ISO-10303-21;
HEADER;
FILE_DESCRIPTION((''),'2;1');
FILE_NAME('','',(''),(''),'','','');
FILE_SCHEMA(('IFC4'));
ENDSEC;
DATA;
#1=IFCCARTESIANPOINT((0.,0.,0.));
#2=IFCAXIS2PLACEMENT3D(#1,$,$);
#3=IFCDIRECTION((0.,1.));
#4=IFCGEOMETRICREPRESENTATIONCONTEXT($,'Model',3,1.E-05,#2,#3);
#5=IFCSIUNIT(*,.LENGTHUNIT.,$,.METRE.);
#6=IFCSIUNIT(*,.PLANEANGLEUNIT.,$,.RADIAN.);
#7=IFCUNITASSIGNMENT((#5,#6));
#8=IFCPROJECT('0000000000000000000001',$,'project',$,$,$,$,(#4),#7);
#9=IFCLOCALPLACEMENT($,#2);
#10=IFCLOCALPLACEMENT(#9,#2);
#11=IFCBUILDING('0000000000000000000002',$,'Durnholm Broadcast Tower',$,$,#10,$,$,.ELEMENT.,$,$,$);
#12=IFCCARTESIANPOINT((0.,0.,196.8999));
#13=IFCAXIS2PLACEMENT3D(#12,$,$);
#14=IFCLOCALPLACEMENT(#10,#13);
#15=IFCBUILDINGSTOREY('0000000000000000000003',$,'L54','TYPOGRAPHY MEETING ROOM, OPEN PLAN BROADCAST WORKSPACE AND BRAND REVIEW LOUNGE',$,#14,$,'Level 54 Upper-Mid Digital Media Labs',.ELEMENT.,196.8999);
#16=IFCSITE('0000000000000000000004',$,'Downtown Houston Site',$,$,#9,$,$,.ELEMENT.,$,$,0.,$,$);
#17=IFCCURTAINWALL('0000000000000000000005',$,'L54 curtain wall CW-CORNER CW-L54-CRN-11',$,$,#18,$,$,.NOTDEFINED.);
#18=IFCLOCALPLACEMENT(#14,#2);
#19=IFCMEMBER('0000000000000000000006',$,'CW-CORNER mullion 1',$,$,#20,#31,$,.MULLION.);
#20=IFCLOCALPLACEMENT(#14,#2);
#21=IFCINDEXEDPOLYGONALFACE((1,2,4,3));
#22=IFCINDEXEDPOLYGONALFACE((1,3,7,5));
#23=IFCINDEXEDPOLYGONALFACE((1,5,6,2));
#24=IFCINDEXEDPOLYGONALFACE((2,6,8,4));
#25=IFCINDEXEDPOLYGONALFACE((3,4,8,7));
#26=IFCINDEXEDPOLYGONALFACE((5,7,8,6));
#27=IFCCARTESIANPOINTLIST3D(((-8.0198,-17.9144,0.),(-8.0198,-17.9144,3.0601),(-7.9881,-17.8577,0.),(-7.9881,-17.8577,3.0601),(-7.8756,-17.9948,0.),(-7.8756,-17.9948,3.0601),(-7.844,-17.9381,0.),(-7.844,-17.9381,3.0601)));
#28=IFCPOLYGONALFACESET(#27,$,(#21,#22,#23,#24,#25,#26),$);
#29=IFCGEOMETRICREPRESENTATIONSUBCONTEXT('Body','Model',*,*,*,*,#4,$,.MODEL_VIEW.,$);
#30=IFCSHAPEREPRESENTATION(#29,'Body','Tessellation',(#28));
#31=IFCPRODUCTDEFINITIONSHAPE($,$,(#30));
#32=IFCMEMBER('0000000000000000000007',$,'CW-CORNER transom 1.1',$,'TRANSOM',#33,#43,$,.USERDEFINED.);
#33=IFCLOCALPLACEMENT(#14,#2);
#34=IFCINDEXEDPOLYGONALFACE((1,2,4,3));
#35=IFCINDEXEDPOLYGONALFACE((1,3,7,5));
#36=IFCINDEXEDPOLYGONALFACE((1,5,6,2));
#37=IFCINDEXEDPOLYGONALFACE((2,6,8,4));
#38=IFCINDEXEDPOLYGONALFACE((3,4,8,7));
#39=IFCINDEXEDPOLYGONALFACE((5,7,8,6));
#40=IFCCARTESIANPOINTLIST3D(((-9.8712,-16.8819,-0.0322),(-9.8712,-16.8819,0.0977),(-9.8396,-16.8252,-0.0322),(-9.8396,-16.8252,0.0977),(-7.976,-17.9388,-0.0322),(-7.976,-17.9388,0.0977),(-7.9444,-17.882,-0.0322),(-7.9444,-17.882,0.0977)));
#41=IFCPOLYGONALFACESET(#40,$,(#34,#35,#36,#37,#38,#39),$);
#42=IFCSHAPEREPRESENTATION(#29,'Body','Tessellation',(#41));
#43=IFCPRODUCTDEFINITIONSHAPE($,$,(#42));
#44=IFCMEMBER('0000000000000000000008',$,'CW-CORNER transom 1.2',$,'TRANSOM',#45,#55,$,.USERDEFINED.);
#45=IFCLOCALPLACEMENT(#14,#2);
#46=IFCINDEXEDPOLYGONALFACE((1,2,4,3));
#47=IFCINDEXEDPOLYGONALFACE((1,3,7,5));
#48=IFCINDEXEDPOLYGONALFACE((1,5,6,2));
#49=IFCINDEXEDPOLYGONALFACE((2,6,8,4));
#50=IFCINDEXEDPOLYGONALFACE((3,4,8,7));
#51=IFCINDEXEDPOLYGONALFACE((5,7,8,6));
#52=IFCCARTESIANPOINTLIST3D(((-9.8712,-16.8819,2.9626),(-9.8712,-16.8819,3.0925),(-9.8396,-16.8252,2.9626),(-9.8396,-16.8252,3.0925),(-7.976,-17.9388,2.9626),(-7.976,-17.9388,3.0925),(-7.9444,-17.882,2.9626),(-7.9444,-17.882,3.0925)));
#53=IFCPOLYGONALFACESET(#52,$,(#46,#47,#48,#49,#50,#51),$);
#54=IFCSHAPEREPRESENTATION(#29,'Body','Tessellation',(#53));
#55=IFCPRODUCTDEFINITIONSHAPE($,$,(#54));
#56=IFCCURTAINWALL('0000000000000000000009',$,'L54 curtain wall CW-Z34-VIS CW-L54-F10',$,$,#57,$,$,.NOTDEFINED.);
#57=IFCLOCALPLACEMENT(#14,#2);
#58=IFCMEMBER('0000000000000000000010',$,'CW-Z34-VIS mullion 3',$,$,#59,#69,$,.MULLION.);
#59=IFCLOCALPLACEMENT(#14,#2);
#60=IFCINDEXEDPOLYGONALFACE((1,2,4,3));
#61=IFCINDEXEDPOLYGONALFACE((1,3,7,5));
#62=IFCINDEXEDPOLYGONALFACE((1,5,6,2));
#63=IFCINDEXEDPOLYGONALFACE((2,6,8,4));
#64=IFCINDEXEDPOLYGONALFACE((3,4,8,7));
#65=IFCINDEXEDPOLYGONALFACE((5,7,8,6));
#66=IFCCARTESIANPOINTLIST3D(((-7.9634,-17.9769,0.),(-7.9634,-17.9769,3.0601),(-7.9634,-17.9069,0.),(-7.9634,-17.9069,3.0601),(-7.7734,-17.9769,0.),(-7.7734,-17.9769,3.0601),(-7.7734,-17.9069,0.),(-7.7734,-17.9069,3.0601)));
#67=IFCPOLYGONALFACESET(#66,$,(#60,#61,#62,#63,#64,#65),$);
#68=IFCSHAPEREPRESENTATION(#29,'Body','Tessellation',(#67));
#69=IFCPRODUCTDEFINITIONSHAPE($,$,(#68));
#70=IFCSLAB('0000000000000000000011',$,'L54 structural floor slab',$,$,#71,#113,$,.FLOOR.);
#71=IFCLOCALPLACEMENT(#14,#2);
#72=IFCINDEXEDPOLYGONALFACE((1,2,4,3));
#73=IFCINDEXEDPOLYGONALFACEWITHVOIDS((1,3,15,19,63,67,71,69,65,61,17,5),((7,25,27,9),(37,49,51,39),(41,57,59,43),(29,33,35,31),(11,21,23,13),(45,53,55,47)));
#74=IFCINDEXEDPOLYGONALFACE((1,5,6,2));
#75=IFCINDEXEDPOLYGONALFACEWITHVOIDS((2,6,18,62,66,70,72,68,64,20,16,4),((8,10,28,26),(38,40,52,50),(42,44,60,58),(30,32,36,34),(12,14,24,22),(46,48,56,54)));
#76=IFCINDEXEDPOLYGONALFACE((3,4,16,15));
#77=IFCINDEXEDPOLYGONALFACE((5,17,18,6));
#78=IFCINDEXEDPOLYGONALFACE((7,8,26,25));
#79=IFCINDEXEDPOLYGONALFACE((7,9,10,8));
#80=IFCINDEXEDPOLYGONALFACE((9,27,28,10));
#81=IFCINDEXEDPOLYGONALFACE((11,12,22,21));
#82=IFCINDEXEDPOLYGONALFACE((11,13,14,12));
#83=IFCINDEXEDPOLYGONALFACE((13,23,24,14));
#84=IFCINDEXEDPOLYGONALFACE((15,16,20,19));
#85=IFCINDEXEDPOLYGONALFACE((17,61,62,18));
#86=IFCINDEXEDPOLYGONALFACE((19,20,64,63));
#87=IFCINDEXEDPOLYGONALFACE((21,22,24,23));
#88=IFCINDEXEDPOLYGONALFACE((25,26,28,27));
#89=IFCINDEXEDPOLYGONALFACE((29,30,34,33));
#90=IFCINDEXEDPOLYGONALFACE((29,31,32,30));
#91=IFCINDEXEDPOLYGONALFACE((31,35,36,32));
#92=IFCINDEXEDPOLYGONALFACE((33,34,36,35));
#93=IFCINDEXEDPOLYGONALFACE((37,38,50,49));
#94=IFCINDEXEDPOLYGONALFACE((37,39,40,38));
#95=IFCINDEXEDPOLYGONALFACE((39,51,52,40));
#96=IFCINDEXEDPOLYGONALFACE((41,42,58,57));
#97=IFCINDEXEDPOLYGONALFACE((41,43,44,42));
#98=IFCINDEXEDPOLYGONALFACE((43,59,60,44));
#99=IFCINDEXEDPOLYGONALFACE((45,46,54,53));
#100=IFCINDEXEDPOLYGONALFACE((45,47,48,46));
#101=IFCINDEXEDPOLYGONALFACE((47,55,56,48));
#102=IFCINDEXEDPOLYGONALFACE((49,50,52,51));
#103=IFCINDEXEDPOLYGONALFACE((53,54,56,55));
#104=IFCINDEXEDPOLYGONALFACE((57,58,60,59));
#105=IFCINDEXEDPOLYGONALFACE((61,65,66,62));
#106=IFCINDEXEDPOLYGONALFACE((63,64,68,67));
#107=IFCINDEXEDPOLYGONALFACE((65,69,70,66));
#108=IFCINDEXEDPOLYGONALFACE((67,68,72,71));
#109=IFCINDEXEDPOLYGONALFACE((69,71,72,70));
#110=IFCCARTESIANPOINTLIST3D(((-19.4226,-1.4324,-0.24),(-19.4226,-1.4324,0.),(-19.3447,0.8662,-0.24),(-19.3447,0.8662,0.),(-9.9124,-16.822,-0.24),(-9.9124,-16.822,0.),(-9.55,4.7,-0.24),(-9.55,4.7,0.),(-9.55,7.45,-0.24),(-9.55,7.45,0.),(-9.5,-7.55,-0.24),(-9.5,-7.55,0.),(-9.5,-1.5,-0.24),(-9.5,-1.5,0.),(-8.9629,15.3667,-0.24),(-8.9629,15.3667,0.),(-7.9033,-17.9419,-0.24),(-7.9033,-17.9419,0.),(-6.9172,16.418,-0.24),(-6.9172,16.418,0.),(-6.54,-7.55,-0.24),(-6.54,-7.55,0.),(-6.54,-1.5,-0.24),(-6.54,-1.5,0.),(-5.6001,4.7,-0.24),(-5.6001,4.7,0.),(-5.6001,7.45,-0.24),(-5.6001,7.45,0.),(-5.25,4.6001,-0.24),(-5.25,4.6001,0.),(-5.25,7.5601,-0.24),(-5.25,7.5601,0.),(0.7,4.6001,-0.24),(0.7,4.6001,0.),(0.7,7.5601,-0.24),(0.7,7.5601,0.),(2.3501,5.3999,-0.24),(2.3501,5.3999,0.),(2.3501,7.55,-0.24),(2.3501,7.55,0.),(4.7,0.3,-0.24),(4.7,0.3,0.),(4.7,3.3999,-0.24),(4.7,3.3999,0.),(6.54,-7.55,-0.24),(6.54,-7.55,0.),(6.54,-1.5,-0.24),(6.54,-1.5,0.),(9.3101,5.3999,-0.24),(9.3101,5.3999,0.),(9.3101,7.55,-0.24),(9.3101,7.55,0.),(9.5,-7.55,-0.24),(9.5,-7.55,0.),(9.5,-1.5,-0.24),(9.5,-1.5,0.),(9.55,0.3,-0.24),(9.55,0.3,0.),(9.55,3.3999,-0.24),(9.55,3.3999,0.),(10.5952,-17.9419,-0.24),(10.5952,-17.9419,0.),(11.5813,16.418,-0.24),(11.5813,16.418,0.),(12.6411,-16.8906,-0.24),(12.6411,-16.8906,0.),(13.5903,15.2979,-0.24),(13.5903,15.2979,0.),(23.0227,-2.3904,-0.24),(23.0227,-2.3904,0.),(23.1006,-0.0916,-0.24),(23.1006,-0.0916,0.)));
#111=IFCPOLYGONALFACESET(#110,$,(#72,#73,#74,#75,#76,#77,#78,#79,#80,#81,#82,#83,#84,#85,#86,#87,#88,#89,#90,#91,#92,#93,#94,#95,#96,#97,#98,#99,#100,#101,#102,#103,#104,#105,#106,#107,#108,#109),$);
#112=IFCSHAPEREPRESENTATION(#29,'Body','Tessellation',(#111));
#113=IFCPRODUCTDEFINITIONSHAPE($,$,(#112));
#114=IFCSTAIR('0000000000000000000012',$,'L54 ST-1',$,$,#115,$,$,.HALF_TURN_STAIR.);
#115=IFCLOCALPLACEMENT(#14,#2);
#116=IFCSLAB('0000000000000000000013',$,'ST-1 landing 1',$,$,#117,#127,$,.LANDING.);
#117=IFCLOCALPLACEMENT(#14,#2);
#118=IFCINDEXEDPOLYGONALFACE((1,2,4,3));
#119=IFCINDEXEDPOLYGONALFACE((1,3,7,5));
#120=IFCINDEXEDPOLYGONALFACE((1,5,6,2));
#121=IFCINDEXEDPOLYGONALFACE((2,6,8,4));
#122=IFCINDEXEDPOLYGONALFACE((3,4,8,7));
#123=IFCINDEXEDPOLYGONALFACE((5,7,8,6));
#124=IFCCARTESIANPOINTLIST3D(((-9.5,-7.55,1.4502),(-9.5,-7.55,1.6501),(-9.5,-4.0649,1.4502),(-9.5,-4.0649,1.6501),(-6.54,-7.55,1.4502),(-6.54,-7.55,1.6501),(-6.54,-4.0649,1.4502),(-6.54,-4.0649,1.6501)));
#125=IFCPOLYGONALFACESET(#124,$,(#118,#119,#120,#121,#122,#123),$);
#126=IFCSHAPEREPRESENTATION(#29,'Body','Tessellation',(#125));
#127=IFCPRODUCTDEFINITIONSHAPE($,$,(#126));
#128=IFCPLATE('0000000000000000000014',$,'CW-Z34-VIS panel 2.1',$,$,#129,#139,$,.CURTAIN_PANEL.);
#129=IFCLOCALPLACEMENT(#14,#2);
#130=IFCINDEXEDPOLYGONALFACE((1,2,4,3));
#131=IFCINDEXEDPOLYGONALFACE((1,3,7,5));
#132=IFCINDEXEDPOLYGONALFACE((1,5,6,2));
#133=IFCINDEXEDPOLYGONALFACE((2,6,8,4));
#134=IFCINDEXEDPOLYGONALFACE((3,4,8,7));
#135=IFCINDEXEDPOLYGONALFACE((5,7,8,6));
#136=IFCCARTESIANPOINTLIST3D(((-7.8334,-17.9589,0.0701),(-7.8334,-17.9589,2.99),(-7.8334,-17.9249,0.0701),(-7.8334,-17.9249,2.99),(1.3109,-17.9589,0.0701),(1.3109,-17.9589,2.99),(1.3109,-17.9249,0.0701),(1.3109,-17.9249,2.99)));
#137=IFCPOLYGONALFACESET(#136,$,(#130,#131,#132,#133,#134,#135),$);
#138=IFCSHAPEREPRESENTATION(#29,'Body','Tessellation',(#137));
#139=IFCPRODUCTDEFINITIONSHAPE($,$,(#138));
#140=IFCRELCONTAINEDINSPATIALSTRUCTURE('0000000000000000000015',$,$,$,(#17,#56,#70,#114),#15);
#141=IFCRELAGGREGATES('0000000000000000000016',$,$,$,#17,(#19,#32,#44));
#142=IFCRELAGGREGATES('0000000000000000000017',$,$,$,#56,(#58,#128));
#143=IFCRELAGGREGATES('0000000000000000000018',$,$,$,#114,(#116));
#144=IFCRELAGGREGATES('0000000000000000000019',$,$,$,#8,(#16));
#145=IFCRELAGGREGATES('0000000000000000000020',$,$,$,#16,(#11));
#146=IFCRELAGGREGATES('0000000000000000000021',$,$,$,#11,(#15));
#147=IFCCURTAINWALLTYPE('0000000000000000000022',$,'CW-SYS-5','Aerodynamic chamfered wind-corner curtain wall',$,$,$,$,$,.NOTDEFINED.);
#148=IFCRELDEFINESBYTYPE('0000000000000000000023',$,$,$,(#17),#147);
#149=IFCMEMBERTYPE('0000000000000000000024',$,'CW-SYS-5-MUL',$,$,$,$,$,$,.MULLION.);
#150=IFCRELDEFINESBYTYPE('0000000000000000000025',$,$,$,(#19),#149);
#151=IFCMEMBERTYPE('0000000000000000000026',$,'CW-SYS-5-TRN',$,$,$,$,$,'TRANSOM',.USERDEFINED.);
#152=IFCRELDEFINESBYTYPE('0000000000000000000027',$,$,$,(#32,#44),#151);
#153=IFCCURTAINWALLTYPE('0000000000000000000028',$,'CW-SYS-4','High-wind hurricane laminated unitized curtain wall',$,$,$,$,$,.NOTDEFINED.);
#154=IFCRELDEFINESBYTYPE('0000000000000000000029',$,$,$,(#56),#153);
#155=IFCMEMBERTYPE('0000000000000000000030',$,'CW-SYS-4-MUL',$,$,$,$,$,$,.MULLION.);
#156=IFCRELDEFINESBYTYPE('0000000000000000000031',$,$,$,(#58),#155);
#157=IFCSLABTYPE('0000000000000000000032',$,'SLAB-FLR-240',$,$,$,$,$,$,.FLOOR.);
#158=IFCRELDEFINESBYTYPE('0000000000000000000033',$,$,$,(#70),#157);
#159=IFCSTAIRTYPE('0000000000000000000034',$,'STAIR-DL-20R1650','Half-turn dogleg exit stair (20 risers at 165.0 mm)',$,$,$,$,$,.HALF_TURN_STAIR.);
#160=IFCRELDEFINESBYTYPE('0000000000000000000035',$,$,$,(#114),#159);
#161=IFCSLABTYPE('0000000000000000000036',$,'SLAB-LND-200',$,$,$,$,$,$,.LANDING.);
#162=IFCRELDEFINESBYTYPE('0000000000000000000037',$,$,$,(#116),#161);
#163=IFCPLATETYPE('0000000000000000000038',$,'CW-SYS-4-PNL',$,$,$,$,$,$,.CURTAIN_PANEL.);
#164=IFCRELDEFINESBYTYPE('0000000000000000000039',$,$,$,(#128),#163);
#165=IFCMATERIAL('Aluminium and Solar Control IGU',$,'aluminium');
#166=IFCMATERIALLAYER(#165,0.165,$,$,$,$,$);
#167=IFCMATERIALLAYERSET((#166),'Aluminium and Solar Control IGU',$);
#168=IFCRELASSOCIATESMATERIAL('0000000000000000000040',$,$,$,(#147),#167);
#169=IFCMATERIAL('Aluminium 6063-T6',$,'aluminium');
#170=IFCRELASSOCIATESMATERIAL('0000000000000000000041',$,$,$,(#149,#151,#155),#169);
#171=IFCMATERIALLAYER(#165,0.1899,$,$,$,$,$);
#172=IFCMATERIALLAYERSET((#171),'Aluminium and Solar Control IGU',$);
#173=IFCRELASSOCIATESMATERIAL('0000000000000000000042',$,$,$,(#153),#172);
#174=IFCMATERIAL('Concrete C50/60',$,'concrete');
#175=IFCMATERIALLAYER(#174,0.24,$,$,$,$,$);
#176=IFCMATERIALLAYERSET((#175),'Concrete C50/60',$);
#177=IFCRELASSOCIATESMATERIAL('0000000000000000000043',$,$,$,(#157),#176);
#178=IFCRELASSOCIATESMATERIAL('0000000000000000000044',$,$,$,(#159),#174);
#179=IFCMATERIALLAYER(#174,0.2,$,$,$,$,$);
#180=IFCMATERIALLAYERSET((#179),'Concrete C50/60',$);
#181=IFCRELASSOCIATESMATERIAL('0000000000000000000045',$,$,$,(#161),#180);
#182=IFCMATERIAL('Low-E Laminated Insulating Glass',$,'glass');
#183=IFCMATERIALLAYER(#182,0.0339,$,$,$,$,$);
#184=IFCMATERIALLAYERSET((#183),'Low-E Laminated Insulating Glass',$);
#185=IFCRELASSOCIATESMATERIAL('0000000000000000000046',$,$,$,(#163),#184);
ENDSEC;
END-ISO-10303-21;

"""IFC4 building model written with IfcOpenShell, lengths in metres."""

from ifc_helpers import new_model, si_unit, direction, frame, origin, origin_2d, place, context, subcontext, project, spatial, polyline, rectangle, outline, extrude, source, transform, mapped, material, layer, layer_set, material_profile, profile_set, type_object, type_shapes, element, aggregate, save


model = new_model("IFC4")

# Units and contexts
model_context = context("Model", 3, precision=1e-05, world=origin(), true_north=direction((0.0, 1.0)))
body_context = subcontext(model_context, "Body", "Model", "MODEL_VIEW")
ifc_project = project(units=[si_unit("LENGTHUNIT", "METRE"), si_unit("PLANEANGLEUNIT", "RADIAN")], contexts=[model_context])

# Site, building, storey
site_placement = place(None, origin())
site = spatial("IfcSite", under=ifc_project, at=site_placement, Name="Downtown Houston Site", CompositionType="ELEMENT", RefElevation=0.0)
building_placement = place(site_placement, origin())
building = spatial("IfcBuilding", under=site, at=building_placement, Name="Durnholm Broadcast Tower", CompositionType="ELEMENT")
storey_placement = place(building_placement, frame((0.0, 0.0, 196.8999)))
storey = spatial("IfcBuildingStorey", under=building, at=storey_placement, Name="L54", Description="TYPOGRAPHY MEETING ROOM, OPEN PLAN BROADCAST WORKSPACE AND BRAND REVIEW LOUNGE", LongName="Level 54 Upper-Mid Digital Media Labs", CompositionType="ELEMENT", Elevation=196.8999)

# Curtain wall, members
ifc_material_1 = material(Name="Aluminium and Solar Control IGU", Category="aluminium")
ifc_layer_1 = layer(ifc_material_1, 0.165)
ifc_layer_set_1 = layer_set([ifc_layer_1], Name="Aluminium and Solar Control IGU")
curtain_wall_type_1 = type_object("IfcCurtainWallType", Name="CW-SYS-5", Description="Aerodynamic chamfered wind-corner curtain wall", PredefinedType="NOTDEFINED", material=ifc_layer_set_1)
curtain_wall_1_placement = place(storey_placement, origin())
curtain_wall_1 = element("IfcCurtainWall", 1, at=curtain_wall_1_placement, inside=storey, type_object=curtain_wall_type_1, Name="L54 curtain wall CW-CORNER CW-L54-CRN-11", PredefinedType="NOTDEFINED")
ifc_material_2 = material(Name="Aluminium 6063-T6", Category="aluminium")
ifc_material_profile_1 = material_profile(ifc_material_2, rectangle(XDim=0.0649, YDim=0.165, at=origin_2d()), Name="CWM65X165")
ifc_profile_set_1 = profile_set([ifc_material_profile_1], Name="Aluminium 6063-T6")
member_type_1 = type_object("IfcMemberType", Name="CW-SYS-5-MUL", PredefinedType="MULLION", material=ifc_profile_set_1)
shared_shape_1 = source(origin(), body_context, "Body", "SweptSolid", [
    extrude(rectangle(XDim=0.0649, YDim=0.165, at=origin_2d()), origin(), (0.0, 0.0, 1.0), 3.0601),
])
type_shapes(member_type_1, [shared_shape_1])
member_1_placement = place(storey_placement, frame((-7.9319, -17.9263, 0.0), z_axis=(0.0, 0.0, 1.0), x_axis=(-0.486986, -0.87341, 0.0)))
member_1 = element("IfcMember", 2, at=member_1_placement, type_object=member_type_1, Name="CW-CORNER mullion 1", PredefinedType="MULLION", context=body_context, shape_type="MappedRepresentation", body=[
    mapped(shared_shape_1, transform((0.0, 0.0, 0.0), x_axis=(1.0, 0.0, 0.0), y_axis=(0.0, 1.0, 0.0), z_axis=(0.0, 0.0, 1.0), scale=1.0)),
])
ifc_material_profile_2 = material_profile(ifc_material_2, rectangle(XDim=0.0649, YDim=0.1299, at=origin_2d()), Name="CWT65X130")
ifc_profile_set_2 = profile_set([ifc_material_profile_2], Name="Aluminium 6063-T6")
member_type_2 = type_object("IfcMemberType", Name="CW-SYS-5-TRN", ElementType="TRANSOM", PredefinedType="USERDEFINED", material=ifc_profile_set_2)
shared_shape_2 = source(origin(), body_context, "Body", "SweptSolid", [
    extrude(rectangle(XDim=0.0649, YDim=0.1299, at=origin_2d()), origin(), (0.0, 0.0, 1.0), 2.1699),
])
type_shapes(member_type_2, [shared_shape_2])
member_2_placement = place(storey_placement, frame((-7.9602, -17.9104, 0.0327), z_axis=(-0.873381, 0.487037, 0.0), x_axis=(-0.487037, -0.873381, 0.0)))
member_2 = element("IfcMember", 3, at=member_2_placement, type_object=member_type_2, Name="CW-CORNER transom 1.1", ObjectType="TRANSOM", PredefinedType="USERDEFINED", context=body_context, shape_type="MappedRepresentation", body=[
    mapped(shared_shape_2, transform((0.0, 0.0, 0.0), x_axis=(1.0, 0.0, 0.0), y_axis=(0.0, 1.0, 0.0), z_axis=(0.0, 0.0, 1.0), scale=1.0)),
])
member_3_placement = place(storey_placement, frame((-7.9602, -17.9104, 3.0276), z_axis=(-0.873381, 0.487037, 0.0), x_axis=(-0.487037, -0.873381, 0.0)))
member_3 = element("IfcMember", 4, at=member_3_placement, type_object=member_type_2, Name="CW-CORNER transom 1.2", ObjectType="TRANSOM", PredefinedType="USERDEFINED", context=body_context, shape_type="MappedRepresentation", body=[
    mapped(shared_shape_2, transform((0.0, 0.0, 0.0), x_axis=(1.0, 0.0, 0.0), y_axis=(0.0, 1.0, 0.0), z_axis=(0.0, 0.0, 1.0), scale=1.0)),
])
aggregate(curtain_wall_1, [member_1, member_2, member_3])

# Curtain wall, member
ifc_layer_2 = layer(ifc_material_1, 0.1899)
ifc_layer_set_2 = layer_set([ifc_layer_2], Name="Aluminium and Solar Control IGU")
curtain_wall_type_2 = type_object("IfcCurtainWallType", Name="CW-SYS-4", Description="High-wind hurricane laminated unitized curtain wall", PredefinedType="NOTDEFINED", material=ifc_layer_set_2)
curtain_wall_2_placement = place(storey_placement, origin())
curtain_wall_2 = element("IfcCurtainWall", 5, at=curtain_wall_2_placement, inside=storey, type_object=curtain_wall_type_2, Name="L54 curtain wall CW-Z34-VIS CW-L54-F10", PredefinedType="NOTDEFINED")
ifc_material_profile_3 = material_profile(ifc_material_2, rectangle(XDim=0.0701, YDim=0.1899, at=origin_2d()), Name="CWM70X190")
ifc_profile_set_3 = profile_set([ifc_material_profile_3], Name="Aluminium 6063-T6")
member_type_3 = type_object("IfcMemberType", Name="CW-SYS-4-MUL", PredefinedType="MULLION", material=ifc_profile_set_3)
shared_shape_3 = source(origin(), body_context, "Body", "SweptSolid", [
    extrude(rectangle(XDim=0.0701, YDim=0.1899, at=origin_2d()), origin(), (0.0, 0.0, 1.0), 3.0601),
])
type_shapes(member_type_3, [shared_shape_3])
member_4_placement = place(storey_placement, frame((-7.8684, -17.9419, 0.0), z_axis=(0.0, 0.0, 1.0), x_axis=(0.0, -1.0, 0.0)))
member_4 = element("IfcMember", 6, at=member_4_placement, type_object=member_type_3, Name="CW-Z34-VIS mullion 3", PredefinedType="MULLION", context=body_context, shape_type="MappedRepresentation", body=[
    mapped(shared_shape_3, transform((0.0, 0.0, 0.0), x_axis=(1.0, 0.0, 0.0), y_axis=(0.0, 1.0, 0.0), z_axis=(0.0, 0.0, 1.0), scale=1.0)),
])

# Slab
ifc_material_3 = material(Name="Concrete C50/60", Category="concrete")
ifc_layer_3 = layer(ifc_material_3, 0.24)
ifc_layer_set_3 = layer_set([ifc_layer_3], Name="Concrete C50/60")
slab_type_1 = type_object("IfcSlabType", Name="SLAB-FLR-240", PredefinedType="FLOOR", material=ifc_layer_set_3)
slab_1_placement = place(storey_placement, frame((0.0, 0.0, -0.24)))
element("IfcSlab", 7, at=slab_1_placement, inside=storey, type_object=slab_type_1, Name="L54 structural floor slab", PredefinedType="FLOOR", context=body_context, shape_type="SweptSolid", body=[
    extrude(outline(polyline([(-9.9124, -16.822), (-7.9033, -17.9419), (10.5952, -17.9419), (12.6411, -16.8906), (23.0227, -2.3904), (23.1006, -0.0916), (13.5903, 15.2979), (11.5813, 16.418), (-6.9172, 16.418), (-8.9629, 15.3667), (-19.3447, 0.8662), (-19.4226, -1.4324), (-9.9124, -16.822)]), holes=[polyline([(-6.54, -1.5), (-9.5, -1.5), (-9.5, -7.55), (-6.54, -7.55), (-6.54, -1.5)]), polyline([(9.5, -7.55), (9.5, -1.5), (6.54, -1.5), (6.54, -7.55), (9.5, -7.55)]), polyline([(9.55, 3.3999), (4.7, 3.3999), (4.7, 0.3), (9.55, 0.3), (9.55, 3.3999)]), polyline([(-9.55, 7.45), (-9.55, 4.7), (-5.6001, 4.7), (-5.6001, 7.45), (-9.55, 7.45)]), polyline([(-5.25, 4.6001), (0.7, 4.6001), (0.7, 7.5601), (-5.25, 7.5601), (-5.25, 4.6001)]), polyline([(9.3101, 7.55), (2.3501, 7.55), (2.3501, 5.3999), (9.3101, 5.3999), (9.3101, 7.55)])]), origin(), (0.0, 0.0, 1.0), 0.24),
])

# Stair, slab
stair_type = type_object("IfcStairType", Name="STAIR-DL-20R1650", Description="Half-turn dogleg exit stair (20 risers at 165.0 mm)", PredefinedType="HALF_TURN_STAIR", material=ifc_material_3)
stair_placement = place(storey_placement, origin())
stair = element("IfcStair", 8, at=stair_placement, inside=storey, type_object=stair_type, Name="L54 ST-1", PredefinedType="HALF_TURN_STAIR")
ifc_layer_4 = layer(ifc_material_3, 0.2)
ifc_layer_set_4 = layer_set([ifc_layer_4], Name="Concrete C50/60")
slab_type_2 = type_object("IfcSlabType", Name="SLAB-LND-200", PredefinedType="LANDING", material=ifc_layer_set_4)
slab_2_placement = place(storey_placement, frame((0.0, 0.0, 1.4502)))
slab_2 = element("IfcSlab", 9, at=slab_2_placement, type_object=slab_type_2, Name="ST-1 landing 1", PredefinedType="LANDING", context=body_context, shape_type="SweptSolid", body=[
    extrude(outline(polyline([(-9.5, -4.0649), (-9.5, -7.55), (-6.54, -7.55), (-6.54, -4.0649), (-9.5, -4.0649)])), origin(), (0.0, 0.0, 1.0), 0.2),
])

# Plate
ifc_material_4 = material(Name="Low-E Laminated Insulating Glass", Category="glass")
ifc_layer_5 = layer(ifc_material_4, 0.0339)
ifc_layer_set_5 = layer_set([ifc_layer_5], Name="Low-E Laminated Insulating Glass")
plate_type = type_object("IfcPlateType", Name="CW-SYS-4-PNL", PredefinedType="CURTAIN_PANEL", material=ifc_layer_set_5)
shared_shape_4 = source(origin(), body_context, "Body", "SweptSolid", [
    extrude(rectangle(XDim=9.1443, YDim=0.0339, at=origin_2d()), origin(), (0.0, 0.0, 1.0), 2.9199),
])
type_shapes(plate_type, [shared_shape_4])
plate_placement = place(storey_placement, frame((-3.2612, -17.9419, 0.0701), z_axis=(0.0, 0.0, 1.0), x_axis=(-1.0, 0.0, 0.0)))
plate = element("IfcPlate", 10, at=plate_placement, type_object=plate_type, Name="CW-Z34-VIS panel 2.1", PredefinedType="CURTAIN_PANEL", context=body_context, shape_type="MappedRepresentation", body=[
    mapped(shared_shape_4, transform((0.0, 0.0, 0.0), x_axis=(1.0, 0.0, 0.0), y_axis=(0.0, 1.0, 0.0), z_axis=(0.0, 0.0, 1.0), scale=1.0)),
])
aggregate(curtain_wall_2, [member_4, plate])

aggregate(stair, [slab_2])

save(model, "model.ifc")
